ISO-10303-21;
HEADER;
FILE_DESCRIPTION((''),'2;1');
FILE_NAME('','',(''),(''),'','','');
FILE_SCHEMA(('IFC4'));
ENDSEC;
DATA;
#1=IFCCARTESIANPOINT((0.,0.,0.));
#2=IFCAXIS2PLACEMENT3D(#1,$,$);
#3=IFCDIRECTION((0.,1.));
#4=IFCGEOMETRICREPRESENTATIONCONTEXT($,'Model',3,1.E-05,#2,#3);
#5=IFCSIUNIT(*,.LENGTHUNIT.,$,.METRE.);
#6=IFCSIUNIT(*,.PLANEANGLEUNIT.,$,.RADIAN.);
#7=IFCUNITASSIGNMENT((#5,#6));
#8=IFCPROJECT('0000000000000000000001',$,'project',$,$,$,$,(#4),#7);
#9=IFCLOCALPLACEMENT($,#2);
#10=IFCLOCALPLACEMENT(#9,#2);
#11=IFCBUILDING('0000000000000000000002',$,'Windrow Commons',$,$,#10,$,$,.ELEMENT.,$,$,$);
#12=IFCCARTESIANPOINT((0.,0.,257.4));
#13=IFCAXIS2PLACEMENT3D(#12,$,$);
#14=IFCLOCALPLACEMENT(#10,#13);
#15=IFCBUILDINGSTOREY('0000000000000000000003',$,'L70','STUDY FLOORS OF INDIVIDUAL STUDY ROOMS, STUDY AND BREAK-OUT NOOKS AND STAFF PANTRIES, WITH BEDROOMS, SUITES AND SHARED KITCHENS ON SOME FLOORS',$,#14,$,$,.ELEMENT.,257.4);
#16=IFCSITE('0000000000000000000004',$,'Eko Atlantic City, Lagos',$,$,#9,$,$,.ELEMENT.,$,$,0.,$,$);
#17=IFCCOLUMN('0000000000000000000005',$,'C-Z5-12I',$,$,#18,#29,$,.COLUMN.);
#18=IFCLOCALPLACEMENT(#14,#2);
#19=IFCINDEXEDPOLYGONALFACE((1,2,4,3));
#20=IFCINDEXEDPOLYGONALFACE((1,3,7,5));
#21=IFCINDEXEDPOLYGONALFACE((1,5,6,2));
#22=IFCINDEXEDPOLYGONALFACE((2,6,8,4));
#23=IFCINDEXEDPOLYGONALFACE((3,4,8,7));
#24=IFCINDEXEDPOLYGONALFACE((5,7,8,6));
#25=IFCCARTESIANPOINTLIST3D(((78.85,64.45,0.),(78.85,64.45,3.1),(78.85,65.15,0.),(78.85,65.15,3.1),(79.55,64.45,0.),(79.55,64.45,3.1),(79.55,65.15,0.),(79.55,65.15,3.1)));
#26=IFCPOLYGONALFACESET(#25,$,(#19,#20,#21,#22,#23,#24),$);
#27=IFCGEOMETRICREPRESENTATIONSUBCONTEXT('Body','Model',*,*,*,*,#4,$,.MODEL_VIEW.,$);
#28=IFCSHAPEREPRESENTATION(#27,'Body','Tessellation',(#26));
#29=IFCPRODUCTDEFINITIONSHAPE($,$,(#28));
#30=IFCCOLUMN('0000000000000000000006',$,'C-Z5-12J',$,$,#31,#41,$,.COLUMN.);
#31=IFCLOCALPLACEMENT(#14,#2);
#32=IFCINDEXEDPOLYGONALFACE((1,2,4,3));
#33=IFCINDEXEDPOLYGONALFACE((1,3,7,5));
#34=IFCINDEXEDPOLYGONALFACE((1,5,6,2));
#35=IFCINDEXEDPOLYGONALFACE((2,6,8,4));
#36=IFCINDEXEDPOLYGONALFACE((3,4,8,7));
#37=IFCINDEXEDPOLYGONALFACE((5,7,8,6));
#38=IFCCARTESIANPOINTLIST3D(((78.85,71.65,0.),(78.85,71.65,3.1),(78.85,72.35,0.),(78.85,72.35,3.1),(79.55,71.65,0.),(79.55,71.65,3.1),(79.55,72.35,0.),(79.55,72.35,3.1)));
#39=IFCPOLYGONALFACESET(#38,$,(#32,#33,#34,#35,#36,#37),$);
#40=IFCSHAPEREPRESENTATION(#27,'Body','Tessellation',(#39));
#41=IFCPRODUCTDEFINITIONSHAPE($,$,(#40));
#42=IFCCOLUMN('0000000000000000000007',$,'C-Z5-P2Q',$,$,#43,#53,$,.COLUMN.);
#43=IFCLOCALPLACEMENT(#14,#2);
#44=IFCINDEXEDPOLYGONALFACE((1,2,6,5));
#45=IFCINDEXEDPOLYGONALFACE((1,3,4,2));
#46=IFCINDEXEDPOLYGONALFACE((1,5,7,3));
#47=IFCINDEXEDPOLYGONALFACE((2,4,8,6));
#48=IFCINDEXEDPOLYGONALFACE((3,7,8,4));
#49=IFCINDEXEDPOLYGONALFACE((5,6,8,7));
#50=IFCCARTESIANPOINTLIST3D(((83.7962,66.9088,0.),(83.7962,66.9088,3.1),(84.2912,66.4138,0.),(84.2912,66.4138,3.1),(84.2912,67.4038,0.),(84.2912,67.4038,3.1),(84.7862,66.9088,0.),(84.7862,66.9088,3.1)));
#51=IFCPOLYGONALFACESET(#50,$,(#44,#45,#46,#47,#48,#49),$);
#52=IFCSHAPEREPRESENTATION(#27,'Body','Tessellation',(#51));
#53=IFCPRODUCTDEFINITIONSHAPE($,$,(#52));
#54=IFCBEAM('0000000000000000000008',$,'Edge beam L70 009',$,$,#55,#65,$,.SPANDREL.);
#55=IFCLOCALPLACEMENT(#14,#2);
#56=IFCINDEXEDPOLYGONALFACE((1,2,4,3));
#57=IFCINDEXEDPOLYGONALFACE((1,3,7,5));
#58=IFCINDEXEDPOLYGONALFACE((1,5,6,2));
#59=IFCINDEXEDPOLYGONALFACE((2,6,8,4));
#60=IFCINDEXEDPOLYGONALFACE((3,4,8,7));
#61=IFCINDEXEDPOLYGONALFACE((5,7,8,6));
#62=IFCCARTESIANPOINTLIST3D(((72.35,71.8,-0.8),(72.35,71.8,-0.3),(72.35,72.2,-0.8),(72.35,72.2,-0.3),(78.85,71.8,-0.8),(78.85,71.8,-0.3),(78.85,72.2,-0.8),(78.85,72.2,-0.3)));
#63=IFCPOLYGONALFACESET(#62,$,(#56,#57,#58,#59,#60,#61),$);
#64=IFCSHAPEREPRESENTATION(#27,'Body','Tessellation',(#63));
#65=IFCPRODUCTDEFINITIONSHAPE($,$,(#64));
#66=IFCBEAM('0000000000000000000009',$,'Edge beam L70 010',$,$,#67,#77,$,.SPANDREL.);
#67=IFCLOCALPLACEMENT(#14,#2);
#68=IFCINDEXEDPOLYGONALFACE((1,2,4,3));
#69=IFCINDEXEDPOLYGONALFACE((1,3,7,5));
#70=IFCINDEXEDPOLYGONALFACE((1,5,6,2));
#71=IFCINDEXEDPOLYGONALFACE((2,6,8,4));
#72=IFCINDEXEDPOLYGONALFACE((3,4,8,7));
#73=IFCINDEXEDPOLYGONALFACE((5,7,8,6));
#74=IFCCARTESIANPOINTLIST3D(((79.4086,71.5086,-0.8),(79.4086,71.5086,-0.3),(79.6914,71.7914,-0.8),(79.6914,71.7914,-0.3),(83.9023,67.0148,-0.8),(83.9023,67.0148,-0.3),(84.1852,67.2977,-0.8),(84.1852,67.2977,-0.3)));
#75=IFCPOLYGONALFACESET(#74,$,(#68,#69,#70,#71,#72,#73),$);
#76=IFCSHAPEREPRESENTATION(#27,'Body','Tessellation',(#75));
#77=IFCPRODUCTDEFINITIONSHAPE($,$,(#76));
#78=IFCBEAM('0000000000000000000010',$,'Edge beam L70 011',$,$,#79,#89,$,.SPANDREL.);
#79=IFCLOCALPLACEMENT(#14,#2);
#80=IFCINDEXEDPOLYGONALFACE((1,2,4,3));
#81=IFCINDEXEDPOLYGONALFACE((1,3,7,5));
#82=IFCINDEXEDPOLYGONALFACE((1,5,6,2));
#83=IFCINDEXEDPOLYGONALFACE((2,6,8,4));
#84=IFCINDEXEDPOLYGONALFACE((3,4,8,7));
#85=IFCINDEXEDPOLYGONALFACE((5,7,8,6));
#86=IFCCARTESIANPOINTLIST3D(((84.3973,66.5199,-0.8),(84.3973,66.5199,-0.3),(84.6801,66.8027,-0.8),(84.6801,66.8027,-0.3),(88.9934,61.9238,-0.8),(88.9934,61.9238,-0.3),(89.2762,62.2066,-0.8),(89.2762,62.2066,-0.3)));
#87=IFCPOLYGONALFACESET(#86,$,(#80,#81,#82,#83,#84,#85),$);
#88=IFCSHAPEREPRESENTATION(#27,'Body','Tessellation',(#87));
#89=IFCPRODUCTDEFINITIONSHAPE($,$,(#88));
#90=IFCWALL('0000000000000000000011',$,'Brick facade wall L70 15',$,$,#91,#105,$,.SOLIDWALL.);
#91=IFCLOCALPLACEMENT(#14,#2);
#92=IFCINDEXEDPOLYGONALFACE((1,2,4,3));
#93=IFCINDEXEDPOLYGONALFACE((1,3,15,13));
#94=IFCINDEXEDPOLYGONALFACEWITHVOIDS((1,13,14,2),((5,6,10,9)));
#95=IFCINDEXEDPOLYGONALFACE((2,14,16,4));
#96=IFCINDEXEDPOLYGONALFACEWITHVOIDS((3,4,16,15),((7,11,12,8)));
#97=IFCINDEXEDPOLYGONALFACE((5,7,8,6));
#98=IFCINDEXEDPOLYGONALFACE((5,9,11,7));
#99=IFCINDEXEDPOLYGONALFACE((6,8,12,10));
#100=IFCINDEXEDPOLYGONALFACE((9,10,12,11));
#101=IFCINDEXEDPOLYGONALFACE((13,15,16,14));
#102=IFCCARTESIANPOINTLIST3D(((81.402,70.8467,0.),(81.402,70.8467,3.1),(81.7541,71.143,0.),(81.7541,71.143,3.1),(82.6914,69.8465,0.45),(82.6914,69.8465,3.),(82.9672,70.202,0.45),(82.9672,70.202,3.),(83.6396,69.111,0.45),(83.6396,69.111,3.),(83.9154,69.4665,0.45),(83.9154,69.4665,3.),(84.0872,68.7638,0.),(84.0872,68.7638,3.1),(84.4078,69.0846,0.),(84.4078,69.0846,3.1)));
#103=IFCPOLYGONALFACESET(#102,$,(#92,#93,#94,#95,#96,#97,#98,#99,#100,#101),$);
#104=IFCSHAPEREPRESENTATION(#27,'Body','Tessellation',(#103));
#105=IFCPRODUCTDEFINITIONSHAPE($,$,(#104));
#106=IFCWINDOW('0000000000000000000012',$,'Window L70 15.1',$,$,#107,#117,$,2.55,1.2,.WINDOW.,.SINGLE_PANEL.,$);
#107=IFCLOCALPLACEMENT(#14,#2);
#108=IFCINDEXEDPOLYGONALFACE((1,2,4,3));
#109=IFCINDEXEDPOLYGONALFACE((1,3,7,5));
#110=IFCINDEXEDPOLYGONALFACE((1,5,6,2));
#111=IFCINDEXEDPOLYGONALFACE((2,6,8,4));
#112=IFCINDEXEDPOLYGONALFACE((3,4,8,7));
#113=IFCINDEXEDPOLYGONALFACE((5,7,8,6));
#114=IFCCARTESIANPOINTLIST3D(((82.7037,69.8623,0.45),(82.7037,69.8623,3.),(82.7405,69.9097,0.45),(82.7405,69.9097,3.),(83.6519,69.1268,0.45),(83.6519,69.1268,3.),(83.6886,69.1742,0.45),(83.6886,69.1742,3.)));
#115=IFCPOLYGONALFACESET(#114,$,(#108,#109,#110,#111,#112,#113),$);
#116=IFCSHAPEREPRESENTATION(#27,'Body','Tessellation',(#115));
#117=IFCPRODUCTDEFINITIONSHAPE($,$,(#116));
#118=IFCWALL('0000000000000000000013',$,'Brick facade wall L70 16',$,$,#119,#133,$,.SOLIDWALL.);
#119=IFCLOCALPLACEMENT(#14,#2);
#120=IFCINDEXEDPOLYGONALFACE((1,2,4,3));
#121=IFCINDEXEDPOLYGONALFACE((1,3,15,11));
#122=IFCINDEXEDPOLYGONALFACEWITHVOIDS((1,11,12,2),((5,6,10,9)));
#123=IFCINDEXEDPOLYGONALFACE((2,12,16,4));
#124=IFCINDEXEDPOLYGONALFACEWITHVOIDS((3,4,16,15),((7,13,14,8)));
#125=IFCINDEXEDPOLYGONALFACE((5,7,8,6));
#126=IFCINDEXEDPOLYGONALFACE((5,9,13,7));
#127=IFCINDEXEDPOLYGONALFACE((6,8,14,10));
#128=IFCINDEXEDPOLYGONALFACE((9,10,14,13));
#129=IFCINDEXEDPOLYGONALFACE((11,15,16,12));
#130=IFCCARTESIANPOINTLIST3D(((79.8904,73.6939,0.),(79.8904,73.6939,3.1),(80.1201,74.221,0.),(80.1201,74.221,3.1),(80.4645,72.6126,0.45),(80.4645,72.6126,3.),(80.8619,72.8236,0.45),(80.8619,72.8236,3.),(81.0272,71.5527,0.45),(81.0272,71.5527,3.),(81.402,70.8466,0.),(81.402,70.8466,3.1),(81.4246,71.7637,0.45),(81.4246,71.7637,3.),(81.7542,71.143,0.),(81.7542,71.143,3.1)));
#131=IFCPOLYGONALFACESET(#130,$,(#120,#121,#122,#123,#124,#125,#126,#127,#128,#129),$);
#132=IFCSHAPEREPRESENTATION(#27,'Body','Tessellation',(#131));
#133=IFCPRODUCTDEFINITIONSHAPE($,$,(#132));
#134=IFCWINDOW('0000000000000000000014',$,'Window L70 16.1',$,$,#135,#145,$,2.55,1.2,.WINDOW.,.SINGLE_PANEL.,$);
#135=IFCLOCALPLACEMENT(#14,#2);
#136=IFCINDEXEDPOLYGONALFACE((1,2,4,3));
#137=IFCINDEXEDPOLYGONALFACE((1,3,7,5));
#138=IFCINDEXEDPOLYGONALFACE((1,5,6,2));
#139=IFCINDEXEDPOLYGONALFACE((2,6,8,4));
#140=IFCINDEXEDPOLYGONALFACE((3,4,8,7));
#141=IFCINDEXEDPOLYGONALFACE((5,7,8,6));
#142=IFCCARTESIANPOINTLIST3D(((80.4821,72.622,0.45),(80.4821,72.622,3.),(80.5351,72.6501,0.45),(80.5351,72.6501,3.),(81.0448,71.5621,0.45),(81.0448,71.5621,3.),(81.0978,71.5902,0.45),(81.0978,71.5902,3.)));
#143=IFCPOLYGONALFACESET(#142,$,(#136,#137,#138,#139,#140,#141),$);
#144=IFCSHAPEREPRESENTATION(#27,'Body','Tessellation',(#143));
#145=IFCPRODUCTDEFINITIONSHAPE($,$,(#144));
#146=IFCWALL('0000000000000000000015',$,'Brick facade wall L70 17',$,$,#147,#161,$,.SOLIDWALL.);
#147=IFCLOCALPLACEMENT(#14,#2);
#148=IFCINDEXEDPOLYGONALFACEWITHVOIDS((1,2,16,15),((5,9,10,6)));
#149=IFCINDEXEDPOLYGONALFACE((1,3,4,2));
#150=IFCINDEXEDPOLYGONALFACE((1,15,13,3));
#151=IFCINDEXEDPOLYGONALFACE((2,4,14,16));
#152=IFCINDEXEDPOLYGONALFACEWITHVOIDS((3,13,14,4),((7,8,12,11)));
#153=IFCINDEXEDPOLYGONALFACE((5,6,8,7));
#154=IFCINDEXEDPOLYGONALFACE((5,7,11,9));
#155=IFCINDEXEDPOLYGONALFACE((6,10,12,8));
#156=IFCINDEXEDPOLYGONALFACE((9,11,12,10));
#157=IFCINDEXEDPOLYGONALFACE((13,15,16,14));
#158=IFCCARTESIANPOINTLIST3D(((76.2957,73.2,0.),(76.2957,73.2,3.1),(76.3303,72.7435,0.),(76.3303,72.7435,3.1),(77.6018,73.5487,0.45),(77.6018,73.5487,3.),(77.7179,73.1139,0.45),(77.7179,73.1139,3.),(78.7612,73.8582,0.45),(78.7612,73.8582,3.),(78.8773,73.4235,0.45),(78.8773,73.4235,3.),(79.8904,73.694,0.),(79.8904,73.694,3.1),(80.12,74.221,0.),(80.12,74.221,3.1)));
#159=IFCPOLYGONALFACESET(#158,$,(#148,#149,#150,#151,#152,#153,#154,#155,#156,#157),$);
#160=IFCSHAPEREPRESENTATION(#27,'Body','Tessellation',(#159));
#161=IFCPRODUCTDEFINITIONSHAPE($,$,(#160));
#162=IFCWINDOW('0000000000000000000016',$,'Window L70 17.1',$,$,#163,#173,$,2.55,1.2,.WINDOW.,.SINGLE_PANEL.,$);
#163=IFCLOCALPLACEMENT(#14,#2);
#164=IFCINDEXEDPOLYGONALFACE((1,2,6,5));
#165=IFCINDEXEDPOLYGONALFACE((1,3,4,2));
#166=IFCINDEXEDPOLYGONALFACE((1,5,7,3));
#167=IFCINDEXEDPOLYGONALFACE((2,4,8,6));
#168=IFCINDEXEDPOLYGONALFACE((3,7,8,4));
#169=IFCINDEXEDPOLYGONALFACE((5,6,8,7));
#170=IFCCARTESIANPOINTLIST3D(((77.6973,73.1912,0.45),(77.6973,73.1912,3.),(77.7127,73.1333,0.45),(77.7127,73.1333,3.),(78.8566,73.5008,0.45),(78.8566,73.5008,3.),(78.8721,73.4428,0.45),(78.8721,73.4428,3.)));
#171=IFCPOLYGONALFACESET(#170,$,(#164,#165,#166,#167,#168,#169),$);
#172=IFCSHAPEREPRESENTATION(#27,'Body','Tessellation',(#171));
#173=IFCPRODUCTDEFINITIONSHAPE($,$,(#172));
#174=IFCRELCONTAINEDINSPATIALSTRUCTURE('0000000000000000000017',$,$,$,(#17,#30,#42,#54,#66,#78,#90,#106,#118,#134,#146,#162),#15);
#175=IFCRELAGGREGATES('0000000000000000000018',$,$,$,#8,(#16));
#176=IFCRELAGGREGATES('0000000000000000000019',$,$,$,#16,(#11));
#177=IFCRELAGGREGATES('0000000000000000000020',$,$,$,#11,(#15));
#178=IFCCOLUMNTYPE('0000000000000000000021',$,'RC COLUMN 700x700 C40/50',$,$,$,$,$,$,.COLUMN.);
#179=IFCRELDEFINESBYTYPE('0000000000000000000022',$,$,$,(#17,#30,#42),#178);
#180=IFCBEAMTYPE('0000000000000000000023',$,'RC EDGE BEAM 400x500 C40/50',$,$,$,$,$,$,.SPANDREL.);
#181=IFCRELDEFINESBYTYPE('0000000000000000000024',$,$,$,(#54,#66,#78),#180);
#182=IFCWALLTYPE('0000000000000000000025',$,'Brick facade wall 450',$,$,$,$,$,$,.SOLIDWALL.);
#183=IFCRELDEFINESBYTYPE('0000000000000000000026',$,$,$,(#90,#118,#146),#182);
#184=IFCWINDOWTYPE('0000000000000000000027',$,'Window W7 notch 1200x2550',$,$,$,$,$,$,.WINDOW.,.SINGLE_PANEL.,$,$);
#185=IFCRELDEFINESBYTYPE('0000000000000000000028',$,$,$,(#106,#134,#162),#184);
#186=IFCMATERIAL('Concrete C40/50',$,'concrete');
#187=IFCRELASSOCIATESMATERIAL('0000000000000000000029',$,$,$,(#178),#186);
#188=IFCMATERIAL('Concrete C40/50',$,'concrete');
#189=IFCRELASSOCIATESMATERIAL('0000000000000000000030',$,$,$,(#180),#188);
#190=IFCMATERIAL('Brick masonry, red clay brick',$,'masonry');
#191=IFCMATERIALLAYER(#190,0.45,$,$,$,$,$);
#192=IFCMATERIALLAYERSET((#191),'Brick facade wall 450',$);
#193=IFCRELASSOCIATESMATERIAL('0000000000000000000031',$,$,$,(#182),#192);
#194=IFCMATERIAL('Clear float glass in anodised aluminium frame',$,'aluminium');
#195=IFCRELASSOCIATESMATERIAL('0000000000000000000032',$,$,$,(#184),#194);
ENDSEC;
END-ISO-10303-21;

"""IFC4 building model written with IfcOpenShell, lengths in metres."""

from ifc_helpers import new_model, si_unit, direction, frame, frame_2d, origin, origin_2d, place, context, subcontext, project, spatial, polyline, rectangle, outline, extrude, material, layer, layer_set, material_profile, profile_set, type_object, element, fill, save


model = new_model("IFC4")

# Units and contexts
model_context = context("Model", 3, precision=1e-05, world=origin(), true_north=direction((0.0, 1.0)))
body_context = subcontext(model_context, "Body", "Model", "MODEL_VIEW")
ifc_project = project(units=[si_unit("LENGTHUNIT", "METRE"), si_unit("PLANEANGLEUNIT", "RADIAN")], contexts=[model_context])

# Site, building, storey
site_placement = place(None, origin())
site = spatial("IfcSite", under=ifc_project, at=site_placement, Name="Eko Atlantic City, Lagos", CompositionType="ELEMENT", RefElevation=0.0)
building_placement = place(site_placement, origin())
building = spatial("IfcBuilding", under=site, at=building_placement, Name="Windrow Commons", CompositionType="ELEMENT")
storey_placement = place(building_placement, frame((0.0, 0.0, 257.4)))
storey = spatial("IfcBuildingStorey", under=building, at=storey_placement, Name="L70", Description="STUDY FLOORS OF INDIVIDUAL STUDY ROOMS, STUDY AND BREAK-OUT NOOKS AND STAFF PANTRIES, WITH BEDROOMS, SUITES AND SHARED KITCHENS ON SOME FLOORS", CompositionType="ELEMENT", Elevation=257.4)

# Columns
ifc_material_1 = material(Name="Concrete C40/50", Category="concrete")
ifc_material_profile_1 = material_profile(ifc_material_1, rectangle(XDim=0.7, YDim=0.7, at=origin_2d()))
ifc_profile_set_1 = profile_set([ifc_material_profile_1], Name="Concrete C40/50")
column_type = type_object("IfcColumnType", Name="RC COLUMN 700x700 C40/50", PredefinedType="COLUMN", material=ifc_profile_set_1)
for number, where, z_axis, x_axis, name in (
    (1, (79.2, 64.8, 0.0), (0.0, 0.0, 1.0), (1.0, 0.0, 0.0), "C-Z5-12I"),
    (2, (79.2, 72.0, 0.0), (0.0, 0.0, 1.0), (1.0, 0.0, 0.0), "C-Z5-12J"),
    (3, (84.2912, 66.9088, 0.0), (0.0, 0.0, 1.0), (0.707107, -0.707107, 0.0), "C-Z5-P2Q"),
):
    element("IfcColumn", number, at=place(storey_placement, frame(where, z_axis=z_axis, x_axis=x_axis)), inside=storey, type_object=column_type, Name=name, PredefinedType="COLUMN", context=body_context, shape_type="SweptSolid", body=[
        extrude(rectangle(XDim=0.7, YDim=0.7, at=origin_2d()), origin(), (0.0, 0.0, 1.0), 3.1),
    ])

# Beams
ifc_material_2 = material(Name="Concrete C40/50", Category="concrete")
ifc_material_profile_2 = material_profile(ifc_material_2, rectangle(XDim=0.4, YDim=0.5, at=origin_2d()))
ifc_profile_set_2 = profile_set([ifc_material_profile_2], Name="Concrete C40/50")
beam_type = type_object("IfcBeamType", Name="RC EDGE BEAM 400x500 C40/50", PredefinedType="SPANDREL", material=ifc_profile_set_2)
beam_1_placement = place(storey_placement, frame((72.35, 72.0, -0.55), z_axis=(1.0, 0.0, 0.0), x_axis=(0.0, 1.0, 0.0)))
element("IfcBeam", 4, at=beam_1_placement, inside=storey, type_object=beam_type, Name="Edge beam L70 009", PredefinedType="SPANDREL", context=body_context, shape_type="SweptSolid", body=[
    extrude(rectangle(XDim=0.4, YDim=0.5, at=origin_2d()), origin(), (0.0, 0.0, 1.0), 6.5),
])
beam_2_placement = place(storey_placement, frame((79.55, 71.65, -0.55), z_axis=(0.707107, -0.707107, 0.0), x_axis=(0.707107, 0.707107, 0.0)))
element("IfcBeam", 5, at=beam_2_placement, inside=storey, type_object=beam_type, Name="Edge beam L70 010", PredefinedType="SPANDREL", context=body_context, shape_type="SweptSolid", body=[
    extrude(rectangle(XDim=0.4, YDim=0.5, at=origin_2d()), origin(), (0.0, 0.0, 1.0), 6.3551),
])
beam_3_placement = place(storey_placement, frame((84.5387, 66.6613, -0.55), z_axis=(0.707107, -0.707107, 0.0), x_axis=(0.707107, 0.707107, 0.0)))
element("IfcBeam", 6, at=beam_3_placement, inside=storey, type_object=beam_type, Name="Edge beam L70 011", PredefinedType="SPANDREL", context=body_context, shape_type="SweptSolid", body=[
    extrude(rectangle(XDim=0.4, YDim=0.5, at=origin_2d()), origin(), (0.0, 0.0, 1.0), 6.4999),
])

# Walls, openings, windows
ifc_material_3 = material(Name="Brick masonry, red clay brick", Category="masonry")
ifc_layer_1 = layer(ifc_material_3, 0.45)
ifc_layer_set_1 = layer_set([ifc_layer_1], Name="Brick facade wall 450")
wall_type_1 = type_object("IfcWallType", Name="Brick facade wall 450", PredefinedType="SOLIDWALL", material=ifc_layer_set_1)
wall_1_placement = place(storey_placement, frame((84.2475, 68.9242, 0.0), z_axis=(0.0, 0.0, 1.0), x_axis=(-0.790155, 0.612907, 0.0)))
wall_1 = element("IfcWall", 7, at=wall_1_placement, inside=storey, type_object=wall_type_1, Name="Brick facade wall L70 15", PredefinedType="SOLIDWALL", context=body_context, shape_type="SweptSolid", body=[
    extrude(outline(polyline([(-0.0284, -0.225), (3.3301, -0.225), (3.4267, 0.225), (0.0284, 0.225), (-0.0284, -0.225)])), origin(), (0.0, 0.0, 1.0), 3.1),
])
opening_1_placement = place(wall_1_placement, frame((0.5948, 0.0, 0.45)))
opening_1 = element("IfcOpeningElement", 8, at=opening_1_placement, cuts=wall_1, PredefinedType="OPENING", context=body_context, shape_type="SweptSolid", body=[
    extrude(rectangle(XDim=1.2, YDim=2.55, at=frame_2d((0.6, 1.275))), frame((0.0, 0.235, 0.0), z_axis=(0.0, -1.0, 0.0), x_axis=(1.0, 0.0, 0.0)), (0.0, 0.0, 1.0), 0.47),
])
ifc_material_4 = material(Name="Clear float glass in anodised aluminium frame", Category="aluminium")
window_type_1 = type_object("IfcWindowType", Name="Window W7 notch 1200x2550", PartitioningType="SINGLE_PANEL", PredefinedType="WINDOW", material=ifc_material_4)
window_1_placement = place(opening_1_placement, origin())
window_1 = element("IfcWindow", 9, at=window_1_placement, inside=storey, type_object=window_type_1, Name="Window L70 15.1", OverallHeight=2.55, OverallWidth=1.2, PartitioningType="SINGLE_PANEL", PredefinedType="WINDOW", context=body_context, shape_type="SweptSolid", body=[
    extrude(rectangle(XDim=1.2, YDim=2.55, at=frame_2d((0.6, 1.275))), frame((0.0, 0.205, 0.0), z_axis=(0.0, -1.0, 0.0), x_axis=(1.0, 0.0, 0.0)), (0.0, 0.0, 1.0), 0.06),
])
fill(opening_1, window_1)
wall_2_placement = place(storey_placement, frame((81.5781, 70.9948, 0.0), z_axis=(0.0, 0.0, 1.0), x_axis=(-0.468915, 0.883243, 0.0)))
wall_2 = element("IfcWall", 10, at=wall_2_placement, inside=storey, type_object=wall_type_1, Name="Brick facade wall L70 16", PredefinedType="SOLIDWALL", context=body_context, shape_type="SweptSolid", body=[
    extrude(outline(polyline([(0.0483, -0.225), (3.5332, -0.225), (3.1754, 0.225), (-0.0483, 0.225), (0.0483, -0.225)])), origin(), (0.0, 0.0, 1.0), 3.1),
])
opening_2_placement = place(wall_2_placement, frame((0.7511, 0.0, 0.45)))
opening_2 = element("IfcOpeningElement", 11, at=opening_2_placement, cuts=wall_2, PredefinedType="OPENING", context=body_context, shape_type="SweptSolid", body=[
    extrude(rectangle(XDim=1.2, YDim=2.55, at=frame_2d((0.6, 1.275))), frame((0.0, 0.235, 0.0), z_axis=(0.0, -1.0, 0.0), x_axis=(1.0, 0.0, 0.0)), (0.0, 0.0, 1.0), 0.47),
])
window_2_placement = place(opening_2_placement, origin())
window_2 = element("IfcWindow", 12, at=window_2_placement, inside=storey, type_object=window_type_1, Name="Window L70 16.1", OverallHeight=2.55, OverallWidth=1.2, PartitioningType="SINGLE_PANEL", PredefinedType="WINDOW", context=body_context, shape_type="SweptSolid", body=[
    extrude(rectangle(XDim=1.2, YDim=2.55, at=frame_2d((0.6, 1.275))), frame((0.0, 0.205, 0.0), z_axis=(0.0, -1.0, 0.0), x_axis=(1.0, 0.0, 0.0)), (0.0, 0.0, 1.0), 0.06),
])
fill(opening_2, window_2)
wall_3_placement = place(storey_placement, frame((80.0052, 73.9575, 0.0), z_axis=(0.0, 0.0, 1.0), x_axis=(-0.966158, -0.257953, 0.0)))
wall_3 = element("IfcWall", 13, at=wall_3_placement, inside=storey, type_object=wall_type_1, Name="Brick facade wall L70 17", PredefinedType="SOLIDWALL", context=body_context, shape_type="SweptSolid", body=[
    extrude(outline(polyline([(-0.1789, -0.225), (3.7794, -0.225), (3.8637, 0.225), (0.1789, 0.225), (-0.1789, -0.225)])), origin(), (0.0, 0.0, 1.0), 3.1),
])
opening_3_placement = place(wall_3_placement, frame((1.2275, 0.0, 0.45)))
opening_3 = element("IfcOpeningElement", 14, at=opening_3_placement, cuts=wall_3, PredefinedType="OPENING", context=body_context, shape_type="SweptSolid", body=[
    extrude(rectangle(XDim=1.2, YDim=2.55, at=frame_2d((0.6, 1.275))), frame((0.0, 0.235, 0.0), z_axis=(0.0, -1.0, 0.0), x_axis=(1.0, 0.0, 0.0)), (0.0, 0.0, 1.0), 0.47),
])
window_3_placement = place(opening_3_placement, origin())
window_3 = element("IfcWindow", 15, at=window_3_placement, inside=storey, type_object=window_type_1, Name="Window L70 17.1", OverallHeight=2.55, OverallWidth=1.2, PartitioningType="SINGLE_PANEL", PredefinedType="WINDOW", context=body_context, shape_type="SweptSolid", body=[
    extrude(rectangle(XDim=1.2, YDim=2.55, at=frame_2d((0.6, 1.275))), frame((0.0, 0.205, 0.0), z_axis=(0.0, -1.0, 0.0), x_axis=(1.0, 0.0, 0.0)), (0.0, 0.0, 1.0), 0.06),
])
fill(opening_3, window_3)

save(model, "model.ifc")
